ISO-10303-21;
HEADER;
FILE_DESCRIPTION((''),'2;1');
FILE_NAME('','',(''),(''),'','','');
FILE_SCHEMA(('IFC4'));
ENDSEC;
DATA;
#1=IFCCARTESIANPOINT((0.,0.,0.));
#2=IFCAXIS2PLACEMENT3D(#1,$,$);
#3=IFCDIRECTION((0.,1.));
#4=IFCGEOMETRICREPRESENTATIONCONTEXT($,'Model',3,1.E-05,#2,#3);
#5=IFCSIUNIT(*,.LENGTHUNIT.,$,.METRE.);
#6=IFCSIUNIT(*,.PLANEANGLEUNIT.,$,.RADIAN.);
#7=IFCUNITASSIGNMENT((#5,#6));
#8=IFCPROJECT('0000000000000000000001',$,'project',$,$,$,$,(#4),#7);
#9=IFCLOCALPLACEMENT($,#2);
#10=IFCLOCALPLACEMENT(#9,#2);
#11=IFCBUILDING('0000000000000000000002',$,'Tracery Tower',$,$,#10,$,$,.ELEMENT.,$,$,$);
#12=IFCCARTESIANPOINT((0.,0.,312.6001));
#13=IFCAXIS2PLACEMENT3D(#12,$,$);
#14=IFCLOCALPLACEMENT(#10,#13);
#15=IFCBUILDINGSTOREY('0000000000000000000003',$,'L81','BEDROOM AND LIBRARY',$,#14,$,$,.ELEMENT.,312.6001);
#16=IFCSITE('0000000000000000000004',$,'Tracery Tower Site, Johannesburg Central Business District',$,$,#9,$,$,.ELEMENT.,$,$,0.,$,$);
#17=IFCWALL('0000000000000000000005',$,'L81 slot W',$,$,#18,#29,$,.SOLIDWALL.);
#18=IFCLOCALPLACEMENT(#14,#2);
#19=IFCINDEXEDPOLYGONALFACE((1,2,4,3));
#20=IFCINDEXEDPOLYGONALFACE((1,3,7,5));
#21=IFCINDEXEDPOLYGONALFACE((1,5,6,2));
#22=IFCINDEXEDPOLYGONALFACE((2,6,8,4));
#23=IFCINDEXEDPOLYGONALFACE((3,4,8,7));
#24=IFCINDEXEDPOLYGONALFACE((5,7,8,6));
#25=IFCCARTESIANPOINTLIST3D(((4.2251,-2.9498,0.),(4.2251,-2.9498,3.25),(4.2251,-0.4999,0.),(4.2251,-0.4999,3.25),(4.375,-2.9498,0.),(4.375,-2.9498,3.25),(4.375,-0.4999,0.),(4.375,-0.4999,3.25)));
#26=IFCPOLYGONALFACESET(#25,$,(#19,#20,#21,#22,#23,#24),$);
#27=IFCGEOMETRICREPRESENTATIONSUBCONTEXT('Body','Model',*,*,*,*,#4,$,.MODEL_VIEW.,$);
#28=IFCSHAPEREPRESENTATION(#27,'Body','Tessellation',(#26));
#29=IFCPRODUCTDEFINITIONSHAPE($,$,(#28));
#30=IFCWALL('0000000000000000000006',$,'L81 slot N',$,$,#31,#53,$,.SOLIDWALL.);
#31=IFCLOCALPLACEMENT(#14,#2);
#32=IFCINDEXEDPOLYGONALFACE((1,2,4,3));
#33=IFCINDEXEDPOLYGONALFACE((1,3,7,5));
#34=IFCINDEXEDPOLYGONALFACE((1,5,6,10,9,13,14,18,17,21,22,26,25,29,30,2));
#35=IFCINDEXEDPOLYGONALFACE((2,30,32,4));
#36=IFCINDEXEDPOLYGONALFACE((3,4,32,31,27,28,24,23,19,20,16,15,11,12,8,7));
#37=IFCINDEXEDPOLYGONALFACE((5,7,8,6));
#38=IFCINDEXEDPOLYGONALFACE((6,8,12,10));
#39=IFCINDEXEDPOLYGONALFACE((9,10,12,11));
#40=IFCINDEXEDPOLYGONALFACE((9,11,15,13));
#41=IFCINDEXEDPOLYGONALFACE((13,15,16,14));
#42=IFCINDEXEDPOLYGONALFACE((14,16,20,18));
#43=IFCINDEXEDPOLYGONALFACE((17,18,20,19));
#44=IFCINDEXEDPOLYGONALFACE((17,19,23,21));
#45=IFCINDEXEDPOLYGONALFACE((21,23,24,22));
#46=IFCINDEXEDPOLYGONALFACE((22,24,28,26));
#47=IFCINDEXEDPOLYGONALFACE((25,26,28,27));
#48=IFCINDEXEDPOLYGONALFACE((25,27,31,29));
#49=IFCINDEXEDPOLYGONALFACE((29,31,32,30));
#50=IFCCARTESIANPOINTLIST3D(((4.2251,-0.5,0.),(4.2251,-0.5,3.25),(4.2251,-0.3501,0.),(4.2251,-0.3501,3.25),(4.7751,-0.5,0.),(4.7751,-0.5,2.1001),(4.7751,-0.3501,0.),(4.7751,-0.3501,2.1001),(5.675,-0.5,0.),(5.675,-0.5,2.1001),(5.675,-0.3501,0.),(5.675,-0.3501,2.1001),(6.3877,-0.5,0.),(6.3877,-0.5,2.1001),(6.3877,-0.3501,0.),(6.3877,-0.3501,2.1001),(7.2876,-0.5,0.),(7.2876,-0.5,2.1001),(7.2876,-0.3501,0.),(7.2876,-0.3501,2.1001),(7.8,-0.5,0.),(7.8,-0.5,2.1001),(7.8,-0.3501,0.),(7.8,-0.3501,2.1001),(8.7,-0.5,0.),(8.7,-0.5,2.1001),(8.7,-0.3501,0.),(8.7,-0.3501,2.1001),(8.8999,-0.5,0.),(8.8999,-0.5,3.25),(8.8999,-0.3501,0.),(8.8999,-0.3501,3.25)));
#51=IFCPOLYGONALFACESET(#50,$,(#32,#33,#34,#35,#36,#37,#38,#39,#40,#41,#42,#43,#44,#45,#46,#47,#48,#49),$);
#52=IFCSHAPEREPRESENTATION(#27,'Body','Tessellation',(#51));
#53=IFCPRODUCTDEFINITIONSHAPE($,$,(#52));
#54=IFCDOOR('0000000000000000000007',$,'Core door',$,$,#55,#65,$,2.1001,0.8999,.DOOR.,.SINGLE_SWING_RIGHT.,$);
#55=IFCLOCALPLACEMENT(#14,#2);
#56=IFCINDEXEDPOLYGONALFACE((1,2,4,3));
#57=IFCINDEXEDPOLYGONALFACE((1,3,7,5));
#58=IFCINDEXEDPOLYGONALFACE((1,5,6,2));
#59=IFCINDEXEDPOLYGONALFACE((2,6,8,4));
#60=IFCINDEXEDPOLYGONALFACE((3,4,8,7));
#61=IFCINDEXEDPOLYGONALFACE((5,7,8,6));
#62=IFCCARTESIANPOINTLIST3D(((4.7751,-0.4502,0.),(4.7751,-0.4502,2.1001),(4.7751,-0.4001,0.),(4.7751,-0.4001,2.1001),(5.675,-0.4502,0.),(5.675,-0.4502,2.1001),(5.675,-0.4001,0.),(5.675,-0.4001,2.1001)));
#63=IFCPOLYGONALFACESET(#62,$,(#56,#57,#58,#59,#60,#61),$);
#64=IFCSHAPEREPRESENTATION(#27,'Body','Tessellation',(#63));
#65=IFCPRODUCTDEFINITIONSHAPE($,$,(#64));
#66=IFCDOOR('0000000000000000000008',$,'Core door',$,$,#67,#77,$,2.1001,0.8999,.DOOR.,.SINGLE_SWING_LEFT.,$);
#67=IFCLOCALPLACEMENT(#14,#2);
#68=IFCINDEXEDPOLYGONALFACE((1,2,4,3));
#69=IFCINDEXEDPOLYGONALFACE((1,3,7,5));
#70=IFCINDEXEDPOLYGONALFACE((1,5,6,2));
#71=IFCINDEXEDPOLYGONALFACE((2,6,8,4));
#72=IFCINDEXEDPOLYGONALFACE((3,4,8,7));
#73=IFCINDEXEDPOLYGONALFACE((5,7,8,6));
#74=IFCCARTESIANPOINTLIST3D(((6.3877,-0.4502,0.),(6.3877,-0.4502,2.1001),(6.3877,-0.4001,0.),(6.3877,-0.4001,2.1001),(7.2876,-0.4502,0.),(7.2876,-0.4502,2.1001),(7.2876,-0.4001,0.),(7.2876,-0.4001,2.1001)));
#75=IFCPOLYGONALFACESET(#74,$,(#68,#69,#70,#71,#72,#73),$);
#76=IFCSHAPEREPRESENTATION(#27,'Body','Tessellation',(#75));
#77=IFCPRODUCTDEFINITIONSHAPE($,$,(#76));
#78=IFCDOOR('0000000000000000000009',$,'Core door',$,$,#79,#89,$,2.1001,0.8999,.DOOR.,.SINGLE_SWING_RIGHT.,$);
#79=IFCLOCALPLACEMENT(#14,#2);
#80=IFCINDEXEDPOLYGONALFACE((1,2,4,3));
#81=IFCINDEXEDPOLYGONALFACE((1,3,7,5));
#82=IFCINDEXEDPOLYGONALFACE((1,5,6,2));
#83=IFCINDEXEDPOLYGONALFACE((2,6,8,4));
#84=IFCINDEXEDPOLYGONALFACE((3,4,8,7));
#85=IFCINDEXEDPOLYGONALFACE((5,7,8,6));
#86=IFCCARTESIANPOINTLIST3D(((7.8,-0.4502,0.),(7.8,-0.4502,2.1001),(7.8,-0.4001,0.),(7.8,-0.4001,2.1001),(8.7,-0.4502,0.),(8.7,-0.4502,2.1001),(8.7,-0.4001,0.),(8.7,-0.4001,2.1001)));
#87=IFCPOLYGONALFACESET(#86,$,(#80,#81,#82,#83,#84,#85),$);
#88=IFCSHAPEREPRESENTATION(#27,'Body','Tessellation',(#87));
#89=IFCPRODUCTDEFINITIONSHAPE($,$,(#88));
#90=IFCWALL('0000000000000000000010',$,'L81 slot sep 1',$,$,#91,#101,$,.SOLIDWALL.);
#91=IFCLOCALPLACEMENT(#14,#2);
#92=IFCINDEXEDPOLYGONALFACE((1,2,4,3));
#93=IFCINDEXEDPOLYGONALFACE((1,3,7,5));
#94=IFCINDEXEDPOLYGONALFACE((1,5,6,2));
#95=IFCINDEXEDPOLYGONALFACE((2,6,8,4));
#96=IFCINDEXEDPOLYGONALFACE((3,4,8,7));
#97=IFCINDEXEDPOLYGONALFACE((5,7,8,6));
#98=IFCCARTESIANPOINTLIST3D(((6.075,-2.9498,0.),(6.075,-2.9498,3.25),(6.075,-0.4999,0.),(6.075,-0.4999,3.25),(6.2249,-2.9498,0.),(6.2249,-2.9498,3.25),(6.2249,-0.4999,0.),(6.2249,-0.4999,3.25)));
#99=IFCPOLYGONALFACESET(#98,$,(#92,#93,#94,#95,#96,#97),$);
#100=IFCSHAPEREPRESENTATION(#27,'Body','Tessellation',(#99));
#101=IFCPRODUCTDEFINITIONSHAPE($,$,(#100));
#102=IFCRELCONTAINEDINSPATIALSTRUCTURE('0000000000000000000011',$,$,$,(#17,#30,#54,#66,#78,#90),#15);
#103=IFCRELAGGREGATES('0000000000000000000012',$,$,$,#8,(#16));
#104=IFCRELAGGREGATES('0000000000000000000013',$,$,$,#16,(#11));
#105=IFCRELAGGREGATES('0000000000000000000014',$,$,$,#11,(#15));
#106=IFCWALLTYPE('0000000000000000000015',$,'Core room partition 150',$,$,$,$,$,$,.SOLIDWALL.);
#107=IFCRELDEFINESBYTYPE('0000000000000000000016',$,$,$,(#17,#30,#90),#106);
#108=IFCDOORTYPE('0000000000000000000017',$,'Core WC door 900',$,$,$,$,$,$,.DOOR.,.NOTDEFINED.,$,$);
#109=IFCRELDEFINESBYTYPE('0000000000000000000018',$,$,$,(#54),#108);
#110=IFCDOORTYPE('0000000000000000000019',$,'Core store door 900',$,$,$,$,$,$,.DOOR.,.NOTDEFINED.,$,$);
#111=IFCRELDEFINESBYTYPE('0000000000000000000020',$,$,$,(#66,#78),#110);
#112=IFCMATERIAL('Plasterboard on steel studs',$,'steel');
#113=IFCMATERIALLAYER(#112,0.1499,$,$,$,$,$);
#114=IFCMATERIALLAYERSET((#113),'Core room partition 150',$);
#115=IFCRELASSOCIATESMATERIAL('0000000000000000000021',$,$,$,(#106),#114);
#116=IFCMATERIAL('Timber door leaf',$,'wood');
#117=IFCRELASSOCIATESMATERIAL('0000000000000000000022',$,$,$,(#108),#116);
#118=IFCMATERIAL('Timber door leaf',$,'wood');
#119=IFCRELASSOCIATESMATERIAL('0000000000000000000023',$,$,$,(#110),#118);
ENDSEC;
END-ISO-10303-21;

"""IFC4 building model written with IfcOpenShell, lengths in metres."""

from ifc_helpers import new_model, si_unit, direction, frame, frame_2d, origin, place, context, subcontext, project, spatial, rectangle, extrude, material, layer, layer_set, type_object, element, fill, save


model = new_model("IFC4")

# Units and contexts
model_context = context("Model", 3, precision=1e-05, world=origin(), true_north=direction((0.0, 1.0)))
body_context = subcontext(model_context, "Body", "Model", "MODEL_VIEW")
ifc_project = project(units=[si_unit("LENGTHUNIT", "METRE"), si_unit("PLANEANGLEUNIT", "RADIAN")], contexts=[model_context])

# Site, building, storey
site_placement = place(None, origin())
site = spatial("IfcSite", under=ifc_project, at=site_placement, Name="Tracery Tower Site, Johannesburg Central Business District", CompositionType="ELEMENT", RefElevation=0.0)
building_placement = place(site_placement, origin())
building = spatial("IfcBuilding", under=site, at=building_placement, Name="Tracery Tower", CompositionType="ELEMENT")
storey_placement = place(building_placement, frame((0.0, 0.0, 312.6001)))
storey = spatial("IfcBuildingStorey", under=building, at=storey_placement, Name="L81", Description="BEDROOM AND LIBRARY", CompositionType="ELEMENT", Elevation=312.6001)

# Wall
ifc_material_1 = material(Name="Plasterboard on steel studs", Category="steel")
ifc_layer_1 = layer(ifc_material_1, 0.1499)
ifc_layer_set_1 = layer_set([ifc_layer_1], Name="Core room partition 150")
wall_type_1 = type_object("IfcWallType", Name="Core room partition 150", PredefinedType="SOLIDWALL", material=ifc_layer_set_1)
wall_1_placement = place(storey_placement, frame((4.3, -2.95, 0.0), z_axis=(0.0, 0.0, 1.0), x_axis=(0.0, 1.0, 0.0)))
element("IfcWall", 1, at=wall_1_placement, inside=storey, type_object=wall_type_1, Name="L81 slot W", PredefinedType="SOLIDWALL", context=body_context, shape_type="SweptSolid", body=[
    extrude(rectangle(XDim=2.45, YDim=0.1499, at=frame_2d((1.2251, 0.0))), origin(), (0.0, 0.0, 1.0), 3.25),
])

# Wall, openings, doors
wall_2_placement = place(storey_placement, frame((4.2251, -0.425, 0.0), z_axis=(0.0, 0.0, 1.0), x_axis=(1.0, 0.0, 0.0)))
wall_2 = element("IfcWall", 2, at=wall_2_placement, inside=storey, type_object=wall_type_1, Name="L81 slot N", PredefinedType="SOLIDWALL", context=body_context, shape_type="SweptSolid", body=[
    extrude(rectangle(XDim=4.6748, YDim=0.1499, at=frame_2d((2.3374, 0.0))), origin(), (0.0, 0.0, 1.0), 3.25),
])
opening_1_placement = place(wall_2_placement, frame((0.55, 0.0, 0.0)))
opening_1 = element("IfcOpeningElement", 3, at=opening_1_placement, cuts=wall_2, PredefinedType="OPENING", context=body_context, shape_type="SweptSolid", body=[
    extrude(rectangle(XDim=0.8999, YDim=2.1001, at=frame_2d((0.45, 1.05))), frame((0.0, 0.075, 0.0), z_axis=(0.0, -1.0, 0.0), x_axis=(1.0, 0.0, 0.0)), (0.0, 0.0, 1.0), 0.1499),
])
opening_2_placement = place(wall_2_placement, frame((2.1626, 0.0, 0.0)))
opening_2 = element("IfcOpeningElement", 4, at=opening_2_placement, cuts=wall_2, PredefinedType="OPENING", context=body_context, shape_type="SweptSolid", body=[
    extrude(rectangle(XDim=0.8999, YDim=2.1001, at=frame_2d((0.45, 1.05))), frame((0.0, 0.075, 0.0), z_axis=(0.0, -1.0, 0.0), x_axis=(1.0, 0.0, 0.0)), (0.0, 0.0, 1.0), 0.1499),
])
opening_3_placement = place(wall_2_placement, frame((3.575, 0.0, 0.0)))
opening_3 = element("IfcOpeningElement", 5, at=opening_3_placement, cuts=wall_2, PredefinedType="OPENING", context=body_context, shape_type="SweptSolid", body=[
    extrude(rectangle(XDim=0.8999, YDim=2.1001, at=frame_2d((0.45, 1.05))), frame((0.0, 0.075, 0.0), z_axis=(0.0, -1.0, 0.0), x_axis=(1.0, 0.0, 0.0)), (0.0, 0.0, 1.0), 0.1499),
])
ifc_material_2 = material(Name="Timber door leaf", Category="wood")
door_type_1 = type_object("IfcDoorType", Name="Core WC door 900", OperationType="NOTDEFINED", PredefinedType="DOOR", material=ifc_material_2)
door_1_placement = place(opening_1_placement, origin())
door_1 = element("IfcDoor", 6, at=door_1_placement, inside=storey, type_object=door_type_1, Name="Core door", OperationType="SINGLE_SWING_RIGHT", OverallHeight=2.1001, OverallWidth=0.8999, PredefinedType="DOOR", context=body_context, shape_type="SweptSolid", body=[
    extrude(rectangle(XDim=0.8999, YDim=2.1001, at=frame_2d((0.45, 1.05))), frame((0.0, 0.0249, 0.0), z_axis=(0.0, -1.0, 0.0), x_axis=(1.0, 0.0, 0.0)), (0.0, 0.0, 1.0), 0.05),
])
fill(opening_1, door_1)
ifc_material_3 = material(Name="Timber door leaf", Category="wood")
door_type_2 = type_object("IfcDoorType", Name="Core store door 900", OperationType="NOTDEFINED", PredefinedType="DOOR", material=ifc_material_3)
door_2_placement = place(opening_2_placement, origin())
door_2 = element("IfcDoor", 7, at=door_2_placement, inside=storey, type_object=door_type_2, Name="Core door", OperationType="SINGLE_SWING_LEFT", OverallHeight=2.1001, OverallWidth=0.8999, PredefinedType="DOOR", context=body_context, shape_type="SweptSolid", body=[
    extrude(rectangle(XDim=0.8999, YDim=2.1001, at=frame_2d((0.45, 1.05))), frame((0.0, 0.0249, 0.0), z_axis=(0.0, -1.0, 0.0), x_axis=(1.0, 0.0, 0.0)), (0.0, 0.0, 1.0), 0.05),
])
fill(opening_2, door_2)
door_3_placement = place(opening_3_placement, origin())
door_3 = element("IfcDoor", 8, at=door_3_placement, inside=storey, type_object=door_type_2, Name="Core door", OperationType="SINGLE_SWING_RIGHT", OverallHeight=2.1001, OverallWidth=0.8999, PredefinedType="DOOR", context=body_context, shape_type="SweptSolid", body=[
    extrude(rectangle(XDim=0.8999, YDim=2.1001, at=frame_2d((0.45, 1.05))), frame((0.0, 0.0249, 0.0), z_axis=(0.0, -1.0, 0.0), x_axis=(1.0, 0.0, 0.0)), (0.0, 0.0, 1.0), 0.05),
])
fill(opening_3, door_3)

# Wall
wall_3_placement = place(storey_placement, frame((6.1499, -2.95, 0.0), z_axis=(0.0, 0.0, 1.0), x_axis=(0.0, 1.0, 0.0)))
element("IfcWall", 9, at=wall_3_placement, inside=storey, type_object=wall_type_1, Name="L81 slot sep 1", PredefinedType="SOLIDWALL", context=body_context, shape_type="SweptSolid", body=[
    extrude(rectangle(XDim=2.45, YDim=0.1499, at=frame_2d((1.2251, 0.0))), origin(), (0.0, 0.0, 1.0), 3.25),
])

save(model, "model.ifc")
